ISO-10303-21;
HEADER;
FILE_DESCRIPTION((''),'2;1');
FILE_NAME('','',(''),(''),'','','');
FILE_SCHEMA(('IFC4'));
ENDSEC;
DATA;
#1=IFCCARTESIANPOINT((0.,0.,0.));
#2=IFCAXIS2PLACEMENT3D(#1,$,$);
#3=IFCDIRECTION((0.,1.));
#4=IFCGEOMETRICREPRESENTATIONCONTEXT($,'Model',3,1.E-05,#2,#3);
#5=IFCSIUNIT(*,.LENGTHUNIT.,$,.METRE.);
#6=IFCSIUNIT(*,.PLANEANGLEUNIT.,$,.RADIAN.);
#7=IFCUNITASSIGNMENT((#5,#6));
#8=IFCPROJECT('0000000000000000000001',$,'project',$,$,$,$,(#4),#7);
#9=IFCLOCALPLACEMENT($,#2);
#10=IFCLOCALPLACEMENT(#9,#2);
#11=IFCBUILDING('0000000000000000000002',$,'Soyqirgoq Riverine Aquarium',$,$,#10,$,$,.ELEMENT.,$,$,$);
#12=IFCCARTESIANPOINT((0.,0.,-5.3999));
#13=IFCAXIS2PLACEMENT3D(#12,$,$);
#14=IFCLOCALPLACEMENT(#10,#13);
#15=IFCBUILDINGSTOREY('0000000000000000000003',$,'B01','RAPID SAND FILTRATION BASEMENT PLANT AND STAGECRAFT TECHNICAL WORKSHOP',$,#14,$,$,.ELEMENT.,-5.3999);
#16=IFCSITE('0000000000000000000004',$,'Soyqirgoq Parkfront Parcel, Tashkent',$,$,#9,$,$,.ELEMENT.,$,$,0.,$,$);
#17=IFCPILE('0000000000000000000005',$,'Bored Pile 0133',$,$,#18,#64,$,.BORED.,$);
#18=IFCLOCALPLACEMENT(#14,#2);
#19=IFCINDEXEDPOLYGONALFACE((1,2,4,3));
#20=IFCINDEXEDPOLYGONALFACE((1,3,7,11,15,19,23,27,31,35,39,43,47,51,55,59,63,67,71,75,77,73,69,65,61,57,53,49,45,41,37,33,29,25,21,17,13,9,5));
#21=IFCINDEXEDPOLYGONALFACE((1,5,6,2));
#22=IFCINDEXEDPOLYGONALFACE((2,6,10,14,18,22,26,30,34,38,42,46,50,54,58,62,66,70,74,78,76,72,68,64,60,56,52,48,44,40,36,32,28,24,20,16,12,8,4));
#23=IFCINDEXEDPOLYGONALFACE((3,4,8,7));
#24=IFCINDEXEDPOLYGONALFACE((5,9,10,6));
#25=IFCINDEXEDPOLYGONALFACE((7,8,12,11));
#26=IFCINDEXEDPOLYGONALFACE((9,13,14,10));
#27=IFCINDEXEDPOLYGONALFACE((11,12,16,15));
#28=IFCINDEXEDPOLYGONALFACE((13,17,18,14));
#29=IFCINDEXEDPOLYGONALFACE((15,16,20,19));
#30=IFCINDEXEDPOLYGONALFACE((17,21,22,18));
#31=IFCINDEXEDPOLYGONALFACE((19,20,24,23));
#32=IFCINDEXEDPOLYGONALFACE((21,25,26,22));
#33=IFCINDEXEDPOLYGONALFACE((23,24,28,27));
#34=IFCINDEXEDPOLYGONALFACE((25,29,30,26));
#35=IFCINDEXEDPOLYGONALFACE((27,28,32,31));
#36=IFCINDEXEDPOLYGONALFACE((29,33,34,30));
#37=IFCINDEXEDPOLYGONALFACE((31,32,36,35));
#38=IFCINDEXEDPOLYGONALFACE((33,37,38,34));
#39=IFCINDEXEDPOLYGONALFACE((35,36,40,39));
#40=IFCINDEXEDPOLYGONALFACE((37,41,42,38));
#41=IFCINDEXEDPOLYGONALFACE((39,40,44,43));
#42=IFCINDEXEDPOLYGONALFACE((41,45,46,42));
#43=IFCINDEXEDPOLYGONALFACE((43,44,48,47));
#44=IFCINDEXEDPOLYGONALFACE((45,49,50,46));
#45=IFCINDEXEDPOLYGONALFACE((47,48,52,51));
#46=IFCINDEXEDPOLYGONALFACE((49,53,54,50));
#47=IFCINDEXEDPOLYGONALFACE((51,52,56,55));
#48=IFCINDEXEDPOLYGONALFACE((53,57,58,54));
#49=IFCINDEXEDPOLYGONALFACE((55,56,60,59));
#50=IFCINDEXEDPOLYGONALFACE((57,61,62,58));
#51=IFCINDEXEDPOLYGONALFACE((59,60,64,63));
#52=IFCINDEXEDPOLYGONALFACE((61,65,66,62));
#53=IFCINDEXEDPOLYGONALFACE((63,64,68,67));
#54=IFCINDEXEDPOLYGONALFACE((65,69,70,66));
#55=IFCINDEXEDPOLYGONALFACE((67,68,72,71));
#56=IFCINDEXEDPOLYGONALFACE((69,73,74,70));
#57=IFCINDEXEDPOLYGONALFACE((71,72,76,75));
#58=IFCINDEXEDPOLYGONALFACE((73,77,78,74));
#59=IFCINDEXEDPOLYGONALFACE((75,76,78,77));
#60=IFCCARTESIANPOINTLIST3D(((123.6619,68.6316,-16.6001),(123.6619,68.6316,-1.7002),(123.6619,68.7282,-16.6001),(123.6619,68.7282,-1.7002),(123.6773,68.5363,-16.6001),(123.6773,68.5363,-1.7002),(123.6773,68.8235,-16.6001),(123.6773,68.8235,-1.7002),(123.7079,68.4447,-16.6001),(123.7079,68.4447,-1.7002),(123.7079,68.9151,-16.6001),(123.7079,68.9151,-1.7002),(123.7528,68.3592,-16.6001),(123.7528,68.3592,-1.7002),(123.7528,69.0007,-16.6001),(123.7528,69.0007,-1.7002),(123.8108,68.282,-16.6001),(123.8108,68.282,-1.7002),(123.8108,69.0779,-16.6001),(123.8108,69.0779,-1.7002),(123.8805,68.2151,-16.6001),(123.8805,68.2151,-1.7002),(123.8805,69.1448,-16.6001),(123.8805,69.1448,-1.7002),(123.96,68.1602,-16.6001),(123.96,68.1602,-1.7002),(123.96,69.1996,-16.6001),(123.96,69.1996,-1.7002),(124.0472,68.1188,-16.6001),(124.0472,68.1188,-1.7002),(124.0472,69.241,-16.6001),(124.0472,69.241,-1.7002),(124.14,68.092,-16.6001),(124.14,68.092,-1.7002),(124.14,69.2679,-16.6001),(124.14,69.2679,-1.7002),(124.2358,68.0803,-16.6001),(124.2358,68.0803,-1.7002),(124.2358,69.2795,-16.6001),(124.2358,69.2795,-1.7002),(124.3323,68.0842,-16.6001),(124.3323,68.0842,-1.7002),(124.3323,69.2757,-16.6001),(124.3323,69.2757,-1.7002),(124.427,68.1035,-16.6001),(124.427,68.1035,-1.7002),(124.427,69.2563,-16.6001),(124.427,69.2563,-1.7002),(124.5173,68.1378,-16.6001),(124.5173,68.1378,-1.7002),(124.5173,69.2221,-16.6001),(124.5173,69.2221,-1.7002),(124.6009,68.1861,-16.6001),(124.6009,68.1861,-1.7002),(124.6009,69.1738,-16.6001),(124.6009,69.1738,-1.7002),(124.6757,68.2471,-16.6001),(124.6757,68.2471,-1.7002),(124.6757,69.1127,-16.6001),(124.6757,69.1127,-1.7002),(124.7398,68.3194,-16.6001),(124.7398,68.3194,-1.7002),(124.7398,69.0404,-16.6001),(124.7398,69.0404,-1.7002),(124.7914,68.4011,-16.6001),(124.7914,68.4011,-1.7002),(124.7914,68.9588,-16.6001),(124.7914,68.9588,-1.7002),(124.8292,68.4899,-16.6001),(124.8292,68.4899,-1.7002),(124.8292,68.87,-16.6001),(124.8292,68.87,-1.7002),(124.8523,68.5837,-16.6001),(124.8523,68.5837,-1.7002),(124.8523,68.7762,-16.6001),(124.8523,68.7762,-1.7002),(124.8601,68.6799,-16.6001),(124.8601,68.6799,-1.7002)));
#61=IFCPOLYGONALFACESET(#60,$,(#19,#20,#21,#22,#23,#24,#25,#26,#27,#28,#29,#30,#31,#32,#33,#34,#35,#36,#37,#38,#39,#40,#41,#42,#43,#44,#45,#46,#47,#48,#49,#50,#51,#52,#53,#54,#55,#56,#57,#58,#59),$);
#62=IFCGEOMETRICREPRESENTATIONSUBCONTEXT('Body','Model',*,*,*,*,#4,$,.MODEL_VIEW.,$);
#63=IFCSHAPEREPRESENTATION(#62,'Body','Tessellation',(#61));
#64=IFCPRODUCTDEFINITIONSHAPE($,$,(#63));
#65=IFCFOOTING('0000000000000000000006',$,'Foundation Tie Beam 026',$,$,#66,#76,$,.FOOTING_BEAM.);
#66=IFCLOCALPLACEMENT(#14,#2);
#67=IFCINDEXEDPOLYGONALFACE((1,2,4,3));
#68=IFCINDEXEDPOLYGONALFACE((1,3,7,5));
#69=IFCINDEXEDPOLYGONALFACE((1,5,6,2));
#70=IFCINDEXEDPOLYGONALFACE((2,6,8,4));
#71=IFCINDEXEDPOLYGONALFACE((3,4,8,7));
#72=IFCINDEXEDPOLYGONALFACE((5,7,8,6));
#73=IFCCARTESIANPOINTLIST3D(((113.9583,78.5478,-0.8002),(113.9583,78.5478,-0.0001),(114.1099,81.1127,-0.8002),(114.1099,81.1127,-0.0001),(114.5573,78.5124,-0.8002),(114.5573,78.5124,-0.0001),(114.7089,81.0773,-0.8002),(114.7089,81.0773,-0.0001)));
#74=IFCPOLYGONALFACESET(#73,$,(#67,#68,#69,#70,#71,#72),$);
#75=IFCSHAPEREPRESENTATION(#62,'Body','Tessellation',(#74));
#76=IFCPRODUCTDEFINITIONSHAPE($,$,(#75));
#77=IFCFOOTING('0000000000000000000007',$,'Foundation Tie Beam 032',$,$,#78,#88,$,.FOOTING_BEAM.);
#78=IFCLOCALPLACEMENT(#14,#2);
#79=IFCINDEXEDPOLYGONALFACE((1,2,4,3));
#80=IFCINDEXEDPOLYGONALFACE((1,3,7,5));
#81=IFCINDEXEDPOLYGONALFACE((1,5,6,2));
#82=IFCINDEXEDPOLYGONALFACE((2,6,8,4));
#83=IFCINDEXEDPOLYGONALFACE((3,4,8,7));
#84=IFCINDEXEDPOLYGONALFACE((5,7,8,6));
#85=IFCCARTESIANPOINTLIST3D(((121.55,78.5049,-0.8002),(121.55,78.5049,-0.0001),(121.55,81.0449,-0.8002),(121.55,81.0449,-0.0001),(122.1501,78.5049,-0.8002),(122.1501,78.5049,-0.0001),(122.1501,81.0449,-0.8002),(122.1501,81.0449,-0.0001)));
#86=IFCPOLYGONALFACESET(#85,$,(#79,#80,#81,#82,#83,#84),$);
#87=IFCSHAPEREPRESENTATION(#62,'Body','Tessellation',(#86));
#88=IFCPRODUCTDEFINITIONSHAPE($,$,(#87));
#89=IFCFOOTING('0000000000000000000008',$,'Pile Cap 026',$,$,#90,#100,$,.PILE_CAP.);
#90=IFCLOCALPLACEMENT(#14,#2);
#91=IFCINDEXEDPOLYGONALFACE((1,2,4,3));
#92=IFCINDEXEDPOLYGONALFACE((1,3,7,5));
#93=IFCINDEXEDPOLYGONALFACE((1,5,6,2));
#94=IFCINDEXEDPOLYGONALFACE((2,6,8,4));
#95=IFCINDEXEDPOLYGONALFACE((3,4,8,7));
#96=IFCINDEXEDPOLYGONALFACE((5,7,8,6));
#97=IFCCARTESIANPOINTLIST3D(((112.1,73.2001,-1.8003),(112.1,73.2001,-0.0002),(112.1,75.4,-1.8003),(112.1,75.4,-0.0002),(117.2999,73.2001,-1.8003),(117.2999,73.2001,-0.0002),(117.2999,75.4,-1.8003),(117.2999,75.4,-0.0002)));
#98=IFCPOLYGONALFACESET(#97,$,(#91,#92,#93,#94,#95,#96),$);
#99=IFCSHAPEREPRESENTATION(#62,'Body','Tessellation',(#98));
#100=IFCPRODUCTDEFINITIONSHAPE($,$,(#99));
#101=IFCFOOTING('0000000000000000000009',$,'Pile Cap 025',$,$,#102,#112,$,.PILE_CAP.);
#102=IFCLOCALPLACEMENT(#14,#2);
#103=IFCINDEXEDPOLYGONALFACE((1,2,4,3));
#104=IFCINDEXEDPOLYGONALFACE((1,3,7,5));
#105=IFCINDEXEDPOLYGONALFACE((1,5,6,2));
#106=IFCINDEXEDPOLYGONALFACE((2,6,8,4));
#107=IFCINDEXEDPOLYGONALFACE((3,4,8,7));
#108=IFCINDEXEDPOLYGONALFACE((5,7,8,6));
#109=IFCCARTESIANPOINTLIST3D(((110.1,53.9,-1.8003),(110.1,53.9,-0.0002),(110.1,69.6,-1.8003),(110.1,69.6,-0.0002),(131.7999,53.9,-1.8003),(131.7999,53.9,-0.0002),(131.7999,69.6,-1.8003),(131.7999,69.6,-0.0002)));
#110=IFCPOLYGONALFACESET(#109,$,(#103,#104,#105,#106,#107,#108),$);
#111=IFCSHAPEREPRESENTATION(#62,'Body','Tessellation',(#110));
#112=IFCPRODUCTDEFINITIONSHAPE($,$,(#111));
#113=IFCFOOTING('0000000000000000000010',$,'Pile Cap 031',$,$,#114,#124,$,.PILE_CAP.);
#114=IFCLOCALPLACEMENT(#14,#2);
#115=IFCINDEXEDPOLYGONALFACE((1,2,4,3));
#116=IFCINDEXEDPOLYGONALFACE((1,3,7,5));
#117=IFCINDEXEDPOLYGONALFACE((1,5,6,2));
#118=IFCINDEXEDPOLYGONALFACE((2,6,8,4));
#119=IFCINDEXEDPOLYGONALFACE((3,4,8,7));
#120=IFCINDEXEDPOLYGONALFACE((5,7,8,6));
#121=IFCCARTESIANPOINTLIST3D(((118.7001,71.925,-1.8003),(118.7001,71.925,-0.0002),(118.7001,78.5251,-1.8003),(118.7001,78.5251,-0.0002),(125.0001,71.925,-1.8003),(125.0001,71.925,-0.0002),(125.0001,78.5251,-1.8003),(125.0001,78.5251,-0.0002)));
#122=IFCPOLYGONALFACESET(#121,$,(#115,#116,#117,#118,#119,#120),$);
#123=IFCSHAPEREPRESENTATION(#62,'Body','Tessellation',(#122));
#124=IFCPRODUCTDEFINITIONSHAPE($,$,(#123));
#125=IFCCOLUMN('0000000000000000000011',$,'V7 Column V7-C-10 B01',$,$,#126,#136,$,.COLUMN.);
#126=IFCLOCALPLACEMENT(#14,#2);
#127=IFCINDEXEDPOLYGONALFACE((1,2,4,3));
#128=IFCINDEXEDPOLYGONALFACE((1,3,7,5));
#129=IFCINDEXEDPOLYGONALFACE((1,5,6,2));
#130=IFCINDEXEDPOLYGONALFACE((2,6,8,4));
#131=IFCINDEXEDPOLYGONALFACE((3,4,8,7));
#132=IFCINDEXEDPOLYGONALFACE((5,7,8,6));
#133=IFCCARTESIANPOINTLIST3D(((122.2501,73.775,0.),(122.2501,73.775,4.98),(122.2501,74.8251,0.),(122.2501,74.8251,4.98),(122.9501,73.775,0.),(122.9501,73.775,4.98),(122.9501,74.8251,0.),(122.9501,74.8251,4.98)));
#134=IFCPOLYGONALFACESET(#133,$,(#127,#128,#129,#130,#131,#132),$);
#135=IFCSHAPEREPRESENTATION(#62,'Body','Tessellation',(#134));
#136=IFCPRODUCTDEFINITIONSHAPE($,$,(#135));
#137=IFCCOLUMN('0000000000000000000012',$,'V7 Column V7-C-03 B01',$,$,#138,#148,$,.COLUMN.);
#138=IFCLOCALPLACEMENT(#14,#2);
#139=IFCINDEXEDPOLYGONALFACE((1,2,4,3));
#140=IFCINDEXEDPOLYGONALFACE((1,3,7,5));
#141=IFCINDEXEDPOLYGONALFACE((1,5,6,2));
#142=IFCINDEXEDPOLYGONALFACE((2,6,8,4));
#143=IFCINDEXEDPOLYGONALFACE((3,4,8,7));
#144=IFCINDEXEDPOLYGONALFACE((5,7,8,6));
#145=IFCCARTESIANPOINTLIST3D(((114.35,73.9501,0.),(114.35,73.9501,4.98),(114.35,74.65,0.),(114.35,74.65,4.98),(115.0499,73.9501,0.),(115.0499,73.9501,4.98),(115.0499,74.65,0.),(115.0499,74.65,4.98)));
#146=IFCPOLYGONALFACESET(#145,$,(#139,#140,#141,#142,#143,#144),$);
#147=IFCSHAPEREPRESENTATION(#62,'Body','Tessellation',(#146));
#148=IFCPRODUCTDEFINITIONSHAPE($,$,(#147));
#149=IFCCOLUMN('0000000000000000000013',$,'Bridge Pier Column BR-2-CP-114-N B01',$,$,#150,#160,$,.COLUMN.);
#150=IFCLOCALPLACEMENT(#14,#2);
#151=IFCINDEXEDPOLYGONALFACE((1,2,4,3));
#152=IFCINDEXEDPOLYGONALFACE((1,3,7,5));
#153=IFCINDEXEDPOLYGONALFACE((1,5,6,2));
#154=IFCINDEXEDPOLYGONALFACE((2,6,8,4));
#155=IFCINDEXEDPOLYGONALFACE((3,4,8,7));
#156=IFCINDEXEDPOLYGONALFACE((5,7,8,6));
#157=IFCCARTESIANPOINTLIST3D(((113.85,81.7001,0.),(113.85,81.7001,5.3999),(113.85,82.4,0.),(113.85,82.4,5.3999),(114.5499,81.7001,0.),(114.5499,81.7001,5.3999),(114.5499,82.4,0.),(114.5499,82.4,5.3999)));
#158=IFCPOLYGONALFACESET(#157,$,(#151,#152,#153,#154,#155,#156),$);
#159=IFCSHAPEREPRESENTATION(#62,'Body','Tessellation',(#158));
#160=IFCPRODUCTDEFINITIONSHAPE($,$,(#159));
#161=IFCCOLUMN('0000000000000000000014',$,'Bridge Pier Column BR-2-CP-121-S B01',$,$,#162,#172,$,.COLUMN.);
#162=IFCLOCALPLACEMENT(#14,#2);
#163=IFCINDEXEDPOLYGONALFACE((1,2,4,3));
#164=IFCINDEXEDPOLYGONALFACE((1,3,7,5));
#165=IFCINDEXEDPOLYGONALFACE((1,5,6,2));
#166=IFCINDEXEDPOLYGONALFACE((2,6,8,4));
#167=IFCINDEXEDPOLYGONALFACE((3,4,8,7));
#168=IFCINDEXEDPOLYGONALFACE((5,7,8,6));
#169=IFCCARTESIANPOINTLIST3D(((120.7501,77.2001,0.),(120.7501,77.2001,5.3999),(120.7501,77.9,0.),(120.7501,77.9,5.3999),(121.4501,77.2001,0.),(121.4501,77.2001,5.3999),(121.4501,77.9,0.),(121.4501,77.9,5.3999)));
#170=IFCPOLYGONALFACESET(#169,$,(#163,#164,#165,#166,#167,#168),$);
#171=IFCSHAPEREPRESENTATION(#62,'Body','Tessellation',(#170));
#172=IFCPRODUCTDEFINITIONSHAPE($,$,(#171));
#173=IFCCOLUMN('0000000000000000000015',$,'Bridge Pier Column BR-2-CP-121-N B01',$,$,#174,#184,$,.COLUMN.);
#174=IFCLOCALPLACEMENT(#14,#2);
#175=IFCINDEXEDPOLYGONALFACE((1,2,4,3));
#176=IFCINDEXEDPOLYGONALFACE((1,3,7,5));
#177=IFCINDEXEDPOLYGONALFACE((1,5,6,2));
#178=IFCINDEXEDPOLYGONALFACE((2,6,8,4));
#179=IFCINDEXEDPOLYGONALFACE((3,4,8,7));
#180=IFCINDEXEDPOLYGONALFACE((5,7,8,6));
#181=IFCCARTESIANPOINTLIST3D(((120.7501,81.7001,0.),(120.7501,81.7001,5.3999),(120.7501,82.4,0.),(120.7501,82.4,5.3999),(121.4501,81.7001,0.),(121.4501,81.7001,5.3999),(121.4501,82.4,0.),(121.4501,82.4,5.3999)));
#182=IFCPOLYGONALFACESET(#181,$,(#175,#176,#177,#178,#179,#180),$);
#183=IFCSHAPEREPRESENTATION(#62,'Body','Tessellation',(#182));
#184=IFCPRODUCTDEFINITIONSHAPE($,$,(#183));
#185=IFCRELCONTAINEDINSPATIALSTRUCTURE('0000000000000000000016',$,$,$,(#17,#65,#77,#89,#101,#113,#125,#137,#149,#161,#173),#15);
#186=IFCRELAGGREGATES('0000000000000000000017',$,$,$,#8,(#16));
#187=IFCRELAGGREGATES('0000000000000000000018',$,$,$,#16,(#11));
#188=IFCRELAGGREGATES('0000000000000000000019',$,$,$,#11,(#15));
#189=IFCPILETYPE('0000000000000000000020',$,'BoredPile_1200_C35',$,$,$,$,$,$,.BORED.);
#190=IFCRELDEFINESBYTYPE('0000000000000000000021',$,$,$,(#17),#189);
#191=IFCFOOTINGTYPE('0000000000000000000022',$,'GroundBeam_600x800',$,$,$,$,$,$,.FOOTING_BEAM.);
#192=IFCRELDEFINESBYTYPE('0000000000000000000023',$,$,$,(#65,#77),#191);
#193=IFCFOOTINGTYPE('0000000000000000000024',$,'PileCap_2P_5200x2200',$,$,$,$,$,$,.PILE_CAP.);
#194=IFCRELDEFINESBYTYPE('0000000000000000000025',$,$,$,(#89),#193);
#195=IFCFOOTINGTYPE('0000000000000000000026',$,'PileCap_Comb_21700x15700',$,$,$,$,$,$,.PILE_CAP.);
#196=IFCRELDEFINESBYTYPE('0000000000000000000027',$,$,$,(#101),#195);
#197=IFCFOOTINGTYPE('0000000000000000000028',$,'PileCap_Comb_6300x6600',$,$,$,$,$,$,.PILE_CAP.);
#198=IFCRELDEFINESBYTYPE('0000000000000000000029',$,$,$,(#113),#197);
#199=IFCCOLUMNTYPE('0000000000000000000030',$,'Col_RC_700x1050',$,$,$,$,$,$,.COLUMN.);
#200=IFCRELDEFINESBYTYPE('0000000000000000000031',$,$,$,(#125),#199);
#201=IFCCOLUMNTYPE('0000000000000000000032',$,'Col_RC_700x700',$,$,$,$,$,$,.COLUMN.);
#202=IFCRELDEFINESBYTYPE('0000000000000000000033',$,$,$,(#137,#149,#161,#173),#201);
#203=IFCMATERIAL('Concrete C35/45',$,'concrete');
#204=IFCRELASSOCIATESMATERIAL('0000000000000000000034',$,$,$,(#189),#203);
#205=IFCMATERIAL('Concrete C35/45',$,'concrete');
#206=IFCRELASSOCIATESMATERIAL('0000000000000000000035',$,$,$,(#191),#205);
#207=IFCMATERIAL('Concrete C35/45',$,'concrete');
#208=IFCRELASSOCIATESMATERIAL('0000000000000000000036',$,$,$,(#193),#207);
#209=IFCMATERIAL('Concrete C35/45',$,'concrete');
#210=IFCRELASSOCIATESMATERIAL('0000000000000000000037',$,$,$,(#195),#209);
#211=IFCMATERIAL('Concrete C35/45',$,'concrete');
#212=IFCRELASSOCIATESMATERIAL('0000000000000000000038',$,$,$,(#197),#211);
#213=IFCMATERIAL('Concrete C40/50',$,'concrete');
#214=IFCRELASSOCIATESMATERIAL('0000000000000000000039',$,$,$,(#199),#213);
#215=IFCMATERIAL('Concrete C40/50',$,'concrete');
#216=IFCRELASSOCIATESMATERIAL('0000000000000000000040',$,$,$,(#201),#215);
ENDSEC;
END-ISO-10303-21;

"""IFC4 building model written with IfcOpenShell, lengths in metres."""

from ifc_helpers import new_model, si_unit, direction, frame, origin, origin_2d, place, context, subcontext, project, spatial, rectangle, circle, extrude, material, material_profile, profile_set, type_object, element, save


model = new_model("IFC4")

# Units and contexts
model_context = context("Model", 3, precision=1e-05, world=origin(), true_north=direction((0.0, 1.0)))
body_context = subcontext(model_context, "Body", "Model", "MODEL_VIEW")
ifc_project = project(units=[si_unit("LENGTHUNIT", "METRE"), si_unit("PLANEANGLEUNIT", "RADIAN")], contexts=[model_context])

# Site, building, storey
site_placement = place(None, origin())
site = spatial("IfcSite", under=ifc_project, at=site_placement, Name="Soyqirgoq Parkfront Parcel, Tashkent", CompositionType="ELEMENT", RefElevation=0.0)
building_placement = place(site_placement, origin())
building = spatial("IfcBuilding", under=site, at=building_placement, Name="Soyqirgoq Riverine Aquarium", CompositionType="ELEMENT")
storey_placement = place(building_placement, frame((0.0, 0.0, -5.3999)))
storey = spatial("IfcBuildingStorey", under=building, at=storey_placement, Name="B01", Description="RAPID SAND FILTRATION BASEMENT PLANT AND STAGECRAFT TECHNICAL WORKSHOP", CompositionType="ELEMENT", Elevation=-5.3999)

# Pile
ifc_material_1 = material(Name="Concrete C35/45", Category="concrete")
ifc_material_profile_1 = material_profile(ifc_material_1, circle(Radius=0.6001, at=origin_2d()), Name="BP D1200")
ifc_profile_set_1 = profile_set([ifc_material_profile_1], Name="Concrete C35/45")
pile_type_1 = type_object("IfcPileType", Name="BoredPile_1200_C35", PredefinedType="BORED", material=ifc_profile_set_1)
for number, where, z_axis, x_axis, name in (
    (1, (124.26, 68.6799, -1.7002), (0.0, 0.0, -1.0), (1.0, 0.0, 0.0), "Bored Pile 0133"),
):
    element("IfcPile", number, at=place(storey_placement, frame(where, z_axis=z_axis, x_axis=x_axis)), inside=storey, type_object=pile_type_1, Name=name, PredefinedType="BORED", context=body_context, shape_type="SweptSolid", body=[
        extrude(circle(Radius=0.6001, at=origin_2d()), origin(), (0.0, 0.0, 1.0), 14.8999),
    ])

# Footings
ifc_material_2 = material(Name="Concrete C35/45", Category="concrete")
ifc_material_profile_2 = material_profile(ifc_material_2, rectangle(XDim=0.6001, YDim=0.8, at=origin_2d()), Name="RC 600x800")
ifc_profile_set_2 = profile_set([ifc_material_profile_2], Name="Concrete C35/45")
footing_type_1 = type_object("IfcFootingType", Name="GroundBeam_600x800", PredefinedType="FOOTING_BEAM", material=ifc_profile_set_2)
footing_1_placement = place(storey_placement, frame((114.4094, 81.095, -0.4001), z_axis=(-0.059006, -0.998258, 0.0), x_axis=(0.998258, -0.059006, 0.0)))
element("IfcFooting", 2, at=footing_1_placement, inside=storey, type_object=footing_type_1, Name="Foundation Tie Beam 026", PredefinedType="FOOTING_BEAM", context=body_context, shape_type="SweptSolid", body=[
    extrude(rectangle(XDim=0.6001, YDim=0.8, at=origin_2d()), origin(), (0.0, 0.0, 1.0), 2.5693),
])
footing_2_placement = place(storey_placement, frame((121.8501, 78.5049, -0.4001), z_axis=(0.0, 1.0, 0.0), x_axis=(-1.0, 0.0, 0.0)))
element("IfcFooting", 3, at=footing_2_placement, inside=storey, type_object=footing_type_1, Name="Foundation Tie Beam 032", PredefinedType="FOOTING_BEAM", context=body_context, shape_type="SweptSolid", body=[
    extrude(rectangle(XDim=0.6001, YDim=0.8, at=origin_2d()), origin(), (0.0, 0.0, 1.0), 2.54),
])
ifc_material_3 = material(Name="Concrete C35/45", Category="concrete")
footing_type_2 = type_object("IfcFootingType", Name="PileCap_2P_5200x2200", PredefinedType="PILE_CAP", material=ifc_material_3)
footing_3_placement = place(storey_placement, frame((114.7, 74.3, -1.8003), z_axis=(0.0, 0.0, 1.0), x_axis=(1.0, 0.0, 0.0)))
element("IfcFooting", 4, at=footing_3_placement, inside=storey, type_object=footing_type_2, Name="Pile Cap 026", PredefinedType="PILE_CAP", context=body_context, shape_type="SweptSolid", body=[
    extrude(rectangle(XDim=5.2, YDim=2.2, at=origin_2d()), origin(), (0.0, 0.0, 1.0), 1.8),
])
ifc_material_4 = material(Name="Concrete C35/45", Category="concrete")
footing_type_3 = type_object("IfcFootingType", Name="PileCap_Comb_21700x15700", PredefinedType="PILE_CAP", material=ifc_material_4)
footing_4_placement = place(storey_placement, frame((120.95, 61.75, -1.8003), z_axis=(0.0, 0.0, 1.0), x_axis=(1.0, 0.0, 0.0)))
element("IfcFooting", 5, at=footing_4_placement, inside=storey, type_object=footing_type_3, Name="Pile Cap 025", PredefinedType="PILE_CAP", context=body_context, shape_type="SweptSolid", body=[
    extrude(rectangle(XDim=21.7, YDim=15.7, at=origin_2d()), origin(), (0.0, 0.0, 1.0), 1.8),
])
ifc_material_5 = material(Name="Concrete C35/45", Category="concrete")
footing_type_4 = type_object("IfcFootingType", Name="PileCap_Comb_6300x6600", PredefinedType="PILE_CAP", material=ifc_material_5)
footing_5_placement = place(storey_placement, frame((121.8501, 75.2251, -1.8003), z_axis=(0.0, 0.0, 1.0), x_axis=(1.0, 0.0, 0.0)))
element("IfcFooting", 6, at=footing_5_placement, inside=storey, type_object=footing_type_4, Name="Pile Cap 031", PredefinedType="PILE_CAP", context=body_context, shape_type="SweptSolid", body=[
    extrude(rectangle(XDim=6.3, YDim=6.6001, at=origin_2d()), origin(), (0.0, 0.0, 1.0), 1.8),
])

# Columns
ifc_material_6 = material(Name="Concrete C40/50", Category="concrete")
ifc_material_profile_3 = material_profile(ifc_material_6, rectangle(XDim=0.7, YDim=1.05, at=origin_2d()), Name="RC-COL 700x1050")
ifc_profile_set_3 = profile_set([ifc_material_profile_3], Name="Concrete C40/50")
column_type_1 = type_object("IfcColumnType", Name="Col_RC_700x1050", PredefinedType="COLUMN", material=ifc_profile_set_3)
column_1_placement = place(storey_placement, frame((122.6001, 74.3, 0.0), z_axis=(0.0, 0.0, 1.0), x_axis=(1.0, 0.0, 0.0)))
element("IfcColumn", 7, at=column_1_placement, inside=storey, type_object=column_type_1, Name="V7 Column V7-C-10 B01", PredefinedType="COLUMN", context=body_context, shape_type="SweptSolid", body=[
    extrude(rectangle(XDim=0.7, YDim=1.05, at=origin_2d()), origin(), (0.0, 0.0, 1.0), 4.98),
])
ifc_material_7 = material(Name="Concrete C40/50", Category="concrete")
ifc_material_profile_4 = material_profile(ifc_material_7, rectangle(XDim=0.7, YDim=0.7, at=origin_2d()), Name="RC 700x700")
ifc_profile_set_4 = profile_set([ifc_material_profile_4], Name="Concrete C40/50")
column_type_2 = type_object("IfcColumnType", Name="Col_RC_700x700", PredefinedType="COLUMN", material=ifc_profile_set_4)
column_2_placement = place(storey_placement, frame((114.7, 74.3, 0.0), z_axis=(0.0, 0.0, 1.0), x_axis=(1.0, 0.0, 0.0)))
element("IfcColumn", 8, at=column_2_placement, inside=storey, type_object=column_type_2, Name="V7 Column V7-C-03 B01", PredefinedType="COLUMN", context=body_context, shape_type="SweptSolid", body=[
    extrude(rectangle(XDim=0.7, YDim=0.7, at=origin_2d()), origin(), (0.0, 0.0, 1.0), 4.98),
])
for number, where, z_axis, x_axis, name in (
    (9, (114.2, 82.05, 0.0), (0.0, 0.0, 1.0), (1.0, 0.0, 0.0), "Bridge Pier Column BR-2-CP-114-N B01"),
    (10, (121.1001, 77.55, 0.0), (0.0, 0.0, 1.0), (1.0, 0.0, 0.0), "Bridge Pier Column BR-2-CP-121-S B01"),
    (11, (121.1001, 82.05, 0.0), (0.0, 0.0, 1.0), (1.0, 0.0, 0.0), "Bridge Pier Column BR-2-CP-121-N B01"),
):
    element("IfcColumn", number, at=place(storey_placement, frame(where, z_axis=z_axis, x_axis=x_axis)), inside=storey, type_object=column_type_2, Name=name, PredefinedType="COLUMN", context=body_context, shape_type="SweptSolid", body=[
        extrude(rectangle(XDim=0.7, YDim=0.7, at=origin_2d()), origin(), (0.0, 0.0, 1.0), 5.3999),
    ])

save(model, "model.ifc")
